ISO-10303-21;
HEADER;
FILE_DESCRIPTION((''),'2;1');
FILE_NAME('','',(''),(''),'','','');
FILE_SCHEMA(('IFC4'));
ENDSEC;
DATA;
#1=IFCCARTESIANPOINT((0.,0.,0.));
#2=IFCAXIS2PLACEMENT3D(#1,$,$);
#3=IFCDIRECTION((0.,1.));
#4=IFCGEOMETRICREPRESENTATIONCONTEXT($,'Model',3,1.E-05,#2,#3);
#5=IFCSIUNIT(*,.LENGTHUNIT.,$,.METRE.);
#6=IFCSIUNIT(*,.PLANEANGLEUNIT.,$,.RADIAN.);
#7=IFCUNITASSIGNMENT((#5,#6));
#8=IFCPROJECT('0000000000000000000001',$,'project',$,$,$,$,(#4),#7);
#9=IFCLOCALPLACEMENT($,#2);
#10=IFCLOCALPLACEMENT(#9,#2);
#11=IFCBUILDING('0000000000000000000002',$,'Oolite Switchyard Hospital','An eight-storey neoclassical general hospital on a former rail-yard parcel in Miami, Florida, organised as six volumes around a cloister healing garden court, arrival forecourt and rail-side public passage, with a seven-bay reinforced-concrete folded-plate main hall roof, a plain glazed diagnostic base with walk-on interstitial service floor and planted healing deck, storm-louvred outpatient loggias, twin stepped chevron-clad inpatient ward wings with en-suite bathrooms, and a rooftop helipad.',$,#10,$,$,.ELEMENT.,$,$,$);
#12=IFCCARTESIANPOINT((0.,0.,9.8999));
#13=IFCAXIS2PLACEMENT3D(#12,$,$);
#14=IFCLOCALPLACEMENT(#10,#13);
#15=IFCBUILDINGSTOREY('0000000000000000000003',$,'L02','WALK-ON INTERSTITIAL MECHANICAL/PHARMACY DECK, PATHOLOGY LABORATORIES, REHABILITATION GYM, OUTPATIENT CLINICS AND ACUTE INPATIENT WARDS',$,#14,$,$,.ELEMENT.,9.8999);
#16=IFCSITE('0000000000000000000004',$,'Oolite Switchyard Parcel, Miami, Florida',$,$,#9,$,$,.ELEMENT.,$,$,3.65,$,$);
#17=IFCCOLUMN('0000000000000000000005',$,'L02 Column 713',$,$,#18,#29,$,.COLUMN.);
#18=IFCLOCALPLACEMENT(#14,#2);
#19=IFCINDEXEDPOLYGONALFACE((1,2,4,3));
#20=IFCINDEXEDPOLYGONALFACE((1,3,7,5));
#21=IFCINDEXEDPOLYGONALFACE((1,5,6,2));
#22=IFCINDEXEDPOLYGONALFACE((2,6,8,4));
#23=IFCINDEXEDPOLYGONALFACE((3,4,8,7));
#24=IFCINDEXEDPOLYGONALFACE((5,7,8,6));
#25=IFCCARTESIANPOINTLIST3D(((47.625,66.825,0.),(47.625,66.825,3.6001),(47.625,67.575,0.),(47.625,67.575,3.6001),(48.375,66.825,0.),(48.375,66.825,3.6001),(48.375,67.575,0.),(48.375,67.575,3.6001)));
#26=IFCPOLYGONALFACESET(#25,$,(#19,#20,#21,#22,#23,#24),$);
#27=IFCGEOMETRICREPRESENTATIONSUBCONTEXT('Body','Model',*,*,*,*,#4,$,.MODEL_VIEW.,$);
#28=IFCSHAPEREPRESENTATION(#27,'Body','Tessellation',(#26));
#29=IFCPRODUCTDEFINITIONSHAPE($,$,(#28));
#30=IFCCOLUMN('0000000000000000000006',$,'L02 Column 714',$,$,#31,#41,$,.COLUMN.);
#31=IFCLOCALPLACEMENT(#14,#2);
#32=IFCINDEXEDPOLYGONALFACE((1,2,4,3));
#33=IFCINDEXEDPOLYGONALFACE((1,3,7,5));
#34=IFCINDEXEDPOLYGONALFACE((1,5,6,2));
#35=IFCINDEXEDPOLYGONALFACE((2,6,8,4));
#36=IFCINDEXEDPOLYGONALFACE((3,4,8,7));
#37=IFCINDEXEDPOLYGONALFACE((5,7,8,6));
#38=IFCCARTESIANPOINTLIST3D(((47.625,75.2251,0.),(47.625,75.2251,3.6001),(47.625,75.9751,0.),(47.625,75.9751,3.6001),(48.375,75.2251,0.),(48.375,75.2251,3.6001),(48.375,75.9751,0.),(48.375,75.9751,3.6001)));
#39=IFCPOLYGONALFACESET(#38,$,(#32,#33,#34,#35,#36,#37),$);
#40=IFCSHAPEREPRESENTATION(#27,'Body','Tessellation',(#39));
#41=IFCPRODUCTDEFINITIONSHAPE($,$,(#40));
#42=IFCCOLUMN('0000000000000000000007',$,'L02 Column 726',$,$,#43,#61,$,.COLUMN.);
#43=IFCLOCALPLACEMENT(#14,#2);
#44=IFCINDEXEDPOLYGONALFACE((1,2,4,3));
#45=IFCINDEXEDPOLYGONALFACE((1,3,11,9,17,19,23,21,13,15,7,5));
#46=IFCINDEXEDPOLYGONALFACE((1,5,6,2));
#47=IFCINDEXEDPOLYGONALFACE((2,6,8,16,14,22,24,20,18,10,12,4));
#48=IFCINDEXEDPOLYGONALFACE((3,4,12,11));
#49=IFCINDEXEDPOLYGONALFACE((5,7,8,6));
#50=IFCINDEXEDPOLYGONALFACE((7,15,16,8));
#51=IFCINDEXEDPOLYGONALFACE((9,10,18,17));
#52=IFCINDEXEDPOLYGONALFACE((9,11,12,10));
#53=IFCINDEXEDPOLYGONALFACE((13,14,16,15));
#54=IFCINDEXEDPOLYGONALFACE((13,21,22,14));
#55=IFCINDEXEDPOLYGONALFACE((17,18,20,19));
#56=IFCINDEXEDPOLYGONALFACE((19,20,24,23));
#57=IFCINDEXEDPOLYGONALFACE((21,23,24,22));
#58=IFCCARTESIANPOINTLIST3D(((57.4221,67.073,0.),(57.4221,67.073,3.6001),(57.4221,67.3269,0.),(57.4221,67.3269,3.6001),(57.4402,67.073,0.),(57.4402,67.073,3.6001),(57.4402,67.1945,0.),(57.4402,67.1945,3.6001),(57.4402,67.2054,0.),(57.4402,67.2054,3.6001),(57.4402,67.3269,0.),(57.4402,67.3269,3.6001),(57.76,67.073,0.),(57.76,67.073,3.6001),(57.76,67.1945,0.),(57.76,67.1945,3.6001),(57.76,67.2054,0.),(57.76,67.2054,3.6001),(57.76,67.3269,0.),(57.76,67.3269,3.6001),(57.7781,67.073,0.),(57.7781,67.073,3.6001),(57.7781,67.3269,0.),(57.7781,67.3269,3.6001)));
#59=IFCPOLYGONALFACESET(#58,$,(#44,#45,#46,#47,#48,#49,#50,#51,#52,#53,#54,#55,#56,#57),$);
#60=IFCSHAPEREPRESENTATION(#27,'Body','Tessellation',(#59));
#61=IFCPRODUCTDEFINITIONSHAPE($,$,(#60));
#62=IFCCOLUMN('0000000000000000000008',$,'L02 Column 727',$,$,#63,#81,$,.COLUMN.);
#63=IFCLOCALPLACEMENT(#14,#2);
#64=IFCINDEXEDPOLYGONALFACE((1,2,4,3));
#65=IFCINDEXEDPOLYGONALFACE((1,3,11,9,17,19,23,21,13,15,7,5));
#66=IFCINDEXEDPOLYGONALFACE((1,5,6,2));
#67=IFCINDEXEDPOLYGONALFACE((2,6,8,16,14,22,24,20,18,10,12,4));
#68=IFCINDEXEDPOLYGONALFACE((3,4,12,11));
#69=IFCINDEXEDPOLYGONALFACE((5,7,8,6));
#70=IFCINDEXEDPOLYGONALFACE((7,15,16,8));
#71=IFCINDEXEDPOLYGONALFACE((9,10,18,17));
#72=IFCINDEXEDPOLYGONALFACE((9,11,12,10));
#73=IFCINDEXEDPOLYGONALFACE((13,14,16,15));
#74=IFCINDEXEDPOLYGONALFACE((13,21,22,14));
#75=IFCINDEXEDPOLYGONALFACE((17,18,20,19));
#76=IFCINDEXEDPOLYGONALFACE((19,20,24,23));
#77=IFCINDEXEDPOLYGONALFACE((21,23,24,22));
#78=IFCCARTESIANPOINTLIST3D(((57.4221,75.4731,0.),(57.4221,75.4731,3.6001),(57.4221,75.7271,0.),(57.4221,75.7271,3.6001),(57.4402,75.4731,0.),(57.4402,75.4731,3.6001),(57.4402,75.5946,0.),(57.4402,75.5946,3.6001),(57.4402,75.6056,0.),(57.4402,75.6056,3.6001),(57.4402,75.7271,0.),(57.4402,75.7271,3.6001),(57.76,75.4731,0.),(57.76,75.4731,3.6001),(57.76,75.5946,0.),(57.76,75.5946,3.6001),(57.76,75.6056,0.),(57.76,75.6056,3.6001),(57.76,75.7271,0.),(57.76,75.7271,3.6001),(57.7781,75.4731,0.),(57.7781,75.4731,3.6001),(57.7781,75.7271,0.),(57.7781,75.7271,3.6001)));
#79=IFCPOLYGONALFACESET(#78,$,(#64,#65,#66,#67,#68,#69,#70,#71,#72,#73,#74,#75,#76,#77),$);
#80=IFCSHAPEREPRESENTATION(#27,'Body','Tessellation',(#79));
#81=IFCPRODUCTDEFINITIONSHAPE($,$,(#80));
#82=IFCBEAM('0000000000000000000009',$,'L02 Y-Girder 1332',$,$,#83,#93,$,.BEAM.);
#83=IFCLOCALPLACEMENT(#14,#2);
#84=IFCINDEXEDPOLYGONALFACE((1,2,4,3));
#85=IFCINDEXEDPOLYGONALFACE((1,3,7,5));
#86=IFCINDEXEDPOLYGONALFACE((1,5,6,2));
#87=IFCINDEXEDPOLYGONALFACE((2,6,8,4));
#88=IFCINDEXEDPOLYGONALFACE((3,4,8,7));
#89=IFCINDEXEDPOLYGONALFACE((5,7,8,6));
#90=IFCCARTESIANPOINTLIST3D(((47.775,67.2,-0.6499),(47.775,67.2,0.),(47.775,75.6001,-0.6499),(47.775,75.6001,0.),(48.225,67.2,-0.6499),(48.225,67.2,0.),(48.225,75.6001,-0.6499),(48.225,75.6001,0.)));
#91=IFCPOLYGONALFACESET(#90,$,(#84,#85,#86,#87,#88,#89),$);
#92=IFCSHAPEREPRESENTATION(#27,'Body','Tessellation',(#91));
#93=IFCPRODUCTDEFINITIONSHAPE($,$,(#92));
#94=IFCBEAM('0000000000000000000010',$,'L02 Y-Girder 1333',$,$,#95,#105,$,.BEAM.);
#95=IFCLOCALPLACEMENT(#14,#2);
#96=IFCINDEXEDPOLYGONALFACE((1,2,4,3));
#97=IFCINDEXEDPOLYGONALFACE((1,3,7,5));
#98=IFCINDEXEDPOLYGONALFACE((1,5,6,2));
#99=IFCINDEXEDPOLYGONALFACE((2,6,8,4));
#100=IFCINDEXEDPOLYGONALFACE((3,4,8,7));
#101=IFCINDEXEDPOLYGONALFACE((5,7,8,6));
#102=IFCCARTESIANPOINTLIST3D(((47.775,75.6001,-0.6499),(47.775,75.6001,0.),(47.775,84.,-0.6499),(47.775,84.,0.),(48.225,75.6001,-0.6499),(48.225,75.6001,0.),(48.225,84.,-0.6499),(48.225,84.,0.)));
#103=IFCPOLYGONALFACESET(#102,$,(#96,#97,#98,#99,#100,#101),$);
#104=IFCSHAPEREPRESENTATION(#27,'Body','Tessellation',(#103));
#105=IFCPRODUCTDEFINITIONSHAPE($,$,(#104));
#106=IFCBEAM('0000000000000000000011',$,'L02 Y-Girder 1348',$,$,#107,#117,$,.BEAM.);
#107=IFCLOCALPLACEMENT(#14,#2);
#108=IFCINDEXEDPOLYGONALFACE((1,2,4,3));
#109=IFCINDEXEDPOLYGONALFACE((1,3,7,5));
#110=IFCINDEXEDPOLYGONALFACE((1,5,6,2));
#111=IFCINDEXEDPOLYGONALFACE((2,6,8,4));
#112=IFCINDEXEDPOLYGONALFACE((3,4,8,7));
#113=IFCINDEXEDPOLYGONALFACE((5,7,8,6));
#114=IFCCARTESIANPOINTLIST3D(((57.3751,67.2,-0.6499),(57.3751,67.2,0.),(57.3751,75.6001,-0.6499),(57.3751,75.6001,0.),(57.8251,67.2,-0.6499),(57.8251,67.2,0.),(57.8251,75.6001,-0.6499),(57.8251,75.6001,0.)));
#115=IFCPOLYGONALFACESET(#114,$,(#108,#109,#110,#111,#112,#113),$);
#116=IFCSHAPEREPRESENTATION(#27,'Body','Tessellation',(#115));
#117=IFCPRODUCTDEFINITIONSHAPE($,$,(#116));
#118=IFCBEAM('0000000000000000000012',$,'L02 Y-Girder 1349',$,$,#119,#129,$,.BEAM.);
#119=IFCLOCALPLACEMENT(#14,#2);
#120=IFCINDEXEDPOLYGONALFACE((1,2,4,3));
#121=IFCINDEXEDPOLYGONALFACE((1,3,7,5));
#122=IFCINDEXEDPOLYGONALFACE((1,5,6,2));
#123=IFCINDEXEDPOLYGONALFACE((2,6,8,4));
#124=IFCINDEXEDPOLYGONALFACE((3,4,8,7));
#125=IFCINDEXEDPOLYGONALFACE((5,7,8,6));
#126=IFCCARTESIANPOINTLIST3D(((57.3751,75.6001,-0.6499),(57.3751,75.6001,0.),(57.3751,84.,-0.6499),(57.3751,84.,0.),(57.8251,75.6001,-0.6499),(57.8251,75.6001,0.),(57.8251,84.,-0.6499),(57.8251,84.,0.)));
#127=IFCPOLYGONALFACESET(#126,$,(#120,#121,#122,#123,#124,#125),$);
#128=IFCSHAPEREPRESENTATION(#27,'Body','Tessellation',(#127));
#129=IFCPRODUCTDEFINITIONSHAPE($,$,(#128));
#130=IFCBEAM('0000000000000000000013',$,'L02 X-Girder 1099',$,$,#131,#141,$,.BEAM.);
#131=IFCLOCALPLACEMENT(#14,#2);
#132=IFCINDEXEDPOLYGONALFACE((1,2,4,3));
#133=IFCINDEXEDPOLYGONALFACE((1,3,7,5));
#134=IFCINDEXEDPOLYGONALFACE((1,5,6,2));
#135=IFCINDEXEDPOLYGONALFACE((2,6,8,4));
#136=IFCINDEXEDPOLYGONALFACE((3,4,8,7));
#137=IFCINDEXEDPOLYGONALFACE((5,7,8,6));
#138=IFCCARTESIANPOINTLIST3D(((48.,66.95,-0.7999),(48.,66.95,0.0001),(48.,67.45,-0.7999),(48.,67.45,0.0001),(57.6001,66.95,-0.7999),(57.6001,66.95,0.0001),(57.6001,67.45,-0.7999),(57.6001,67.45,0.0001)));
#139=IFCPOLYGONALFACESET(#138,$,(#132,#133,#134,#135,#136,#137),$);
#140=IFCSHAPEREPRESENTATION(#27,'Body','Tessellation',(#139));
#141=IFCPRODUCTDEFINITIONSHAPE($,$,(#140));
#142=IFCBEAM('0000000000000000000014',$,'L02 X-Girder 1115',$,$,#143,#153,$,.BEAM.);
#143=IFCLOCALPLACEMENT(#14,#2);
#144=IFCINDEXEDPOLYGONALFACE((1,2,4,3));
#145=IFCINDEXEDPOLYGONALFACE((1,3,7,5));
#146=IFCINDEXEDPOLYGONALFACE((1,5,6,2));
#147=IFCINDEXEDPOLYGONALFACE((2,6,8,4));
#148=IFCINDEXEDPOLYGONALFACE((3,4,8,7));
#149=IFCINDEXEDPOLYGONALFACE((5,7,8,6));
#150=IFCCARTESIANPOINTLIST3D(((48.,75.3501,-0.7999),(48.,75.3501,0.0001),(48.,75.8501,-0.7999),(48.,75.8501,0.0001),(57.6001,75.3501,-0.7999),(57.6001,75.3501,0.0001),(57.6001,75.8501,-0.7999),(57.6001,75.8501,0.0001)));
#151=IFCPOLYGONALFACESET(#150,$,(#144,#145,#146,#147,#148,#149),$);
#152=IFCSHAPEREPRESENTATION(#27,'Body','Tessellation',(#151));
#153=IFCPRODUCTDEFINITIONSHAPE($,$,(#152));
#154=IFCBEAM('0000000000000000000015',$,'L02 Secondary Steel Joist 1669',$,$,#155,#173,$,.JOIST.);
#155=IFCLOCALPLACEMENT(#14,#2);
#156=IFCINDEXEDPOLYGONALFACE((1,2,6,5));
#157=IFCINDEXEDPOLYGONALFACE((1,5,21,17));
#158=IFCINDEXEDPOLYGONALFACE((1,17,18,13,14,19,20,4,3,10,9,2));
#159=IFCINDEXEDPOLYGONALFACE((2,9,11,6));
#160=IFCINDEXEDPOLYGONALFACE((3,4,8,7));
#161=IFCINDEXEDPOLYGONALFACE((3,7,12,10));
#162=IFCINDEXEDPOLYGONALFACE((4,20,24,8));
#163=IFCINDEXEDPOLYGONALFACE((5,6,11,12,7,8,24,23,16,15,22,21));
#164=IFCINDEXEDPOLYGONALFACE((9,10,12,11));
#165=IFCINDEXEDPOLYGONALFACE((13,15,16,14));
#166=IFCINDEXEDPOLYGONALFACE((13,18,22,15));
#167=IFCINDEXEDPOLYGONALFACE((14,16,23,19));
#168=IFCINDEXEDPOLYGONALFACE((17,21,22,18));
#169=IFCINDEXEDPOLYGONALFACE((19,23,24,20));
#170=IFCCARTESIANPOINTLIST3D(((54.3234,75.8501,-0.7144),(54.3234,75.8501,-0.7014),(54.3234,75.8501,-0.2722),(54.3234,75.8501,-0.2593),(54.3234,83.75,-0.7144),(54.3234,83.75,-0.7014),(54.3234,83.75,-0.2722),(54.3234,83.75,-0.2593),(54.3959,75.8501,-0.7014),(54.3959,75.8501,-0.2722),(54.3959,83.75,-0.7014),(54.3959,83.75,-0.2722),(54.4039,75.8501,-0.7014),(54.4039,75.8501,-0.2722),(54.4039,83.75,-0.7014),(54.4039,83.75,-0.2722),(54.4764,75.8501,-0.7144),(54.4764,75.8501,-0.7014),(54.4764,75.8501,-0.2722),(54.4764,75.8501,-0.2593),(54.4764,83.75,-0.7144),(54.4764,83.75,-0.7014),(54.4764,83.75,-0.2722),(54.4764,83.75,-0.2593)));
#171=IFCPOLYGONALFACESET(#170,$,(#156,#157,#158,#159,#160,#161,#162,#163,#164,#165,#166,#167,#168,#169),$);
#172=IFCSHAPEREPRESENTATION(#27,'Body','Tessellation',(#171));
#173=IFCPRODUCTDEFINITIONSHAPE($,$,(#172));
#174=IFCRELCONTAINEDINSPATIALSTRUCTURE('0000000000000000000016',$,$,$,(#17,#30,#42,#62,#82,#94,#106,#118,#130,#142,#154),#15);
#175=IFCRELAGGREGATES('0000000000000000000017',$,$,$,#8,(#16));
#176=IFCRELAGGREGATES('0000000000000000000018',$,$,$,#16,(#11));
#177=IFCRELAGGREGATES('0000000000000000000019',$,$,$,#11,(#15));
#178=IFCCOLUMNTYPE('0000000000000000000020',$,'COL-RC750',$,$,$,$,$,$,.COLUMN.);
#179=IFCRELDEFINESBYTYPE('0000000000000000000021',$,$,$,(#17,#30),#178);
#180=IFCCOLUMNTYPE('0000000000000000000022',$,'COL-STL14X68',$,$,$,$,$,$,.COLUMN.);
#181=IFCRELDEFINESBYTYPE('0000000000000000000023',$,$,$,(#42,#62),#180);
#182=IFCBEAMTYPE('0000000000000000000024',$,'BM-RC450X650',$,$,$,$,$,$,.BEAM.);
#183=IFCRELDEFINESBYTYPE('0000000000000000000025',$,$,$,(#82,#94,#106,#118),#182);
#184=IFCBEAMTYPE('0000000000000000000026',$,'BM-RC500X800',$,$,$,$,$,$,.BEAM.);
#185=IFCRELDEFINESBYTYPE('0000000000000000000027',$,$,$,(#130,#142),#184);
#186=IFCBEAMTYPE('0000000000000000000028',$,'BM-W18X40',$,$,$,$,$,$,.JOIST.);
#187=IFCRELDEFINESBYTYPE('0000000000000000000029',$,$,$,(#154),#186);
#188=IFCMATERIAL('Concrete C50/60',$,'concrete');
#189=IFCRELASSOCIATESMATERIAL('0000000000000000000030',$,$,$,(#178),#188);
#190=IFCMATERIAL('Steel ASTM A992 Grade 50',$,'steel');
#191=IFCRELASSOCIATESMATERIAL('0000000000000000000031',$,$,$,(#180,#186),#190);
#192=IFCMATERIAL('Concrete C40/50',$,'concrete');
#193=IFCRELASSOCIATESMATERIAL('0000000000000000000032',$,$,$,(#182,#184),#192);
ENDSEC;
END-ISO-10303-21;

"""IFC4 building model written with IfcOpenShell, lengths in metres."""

from ifc_helpers import new_model, si_unit, direction, frame, origin, origin_2d, place, context, subcontext, project, spatial, rectangle, i_section, extrude, material, material_profile, profile_set, type_object, element, save


model = new_model("IFC4")

# Units and contexts
model_context = context("Model", 3, precision=1e-05, world=origin(), true_north=direction((0.0, 1.0)))
body_context = subcontext(model_context, "Body", "Model", "MODEL_VIEW")
ifc_project = project(units=[si_unit("LENGTHUNIT", "METRE"), si_unit("PLANEANGLEUNIT", "RADIAN")], contexts=[model_context])

# Site, building, storey
site_placement = place(None, origin())
site = spatial("IfcSite", under=ifc_project, at=site_placement, Name="Oolite Switchyard Parcel, Miami, Florida", CompositionType="ELEMENT", RefElevation=3.65)
building_placement = place(site_placement, origin())
building = spatial("IfcBuilding", under=site, at=building_placement, Name="Oolite Switchyard Hospital", Description="An eight-storey neoclassical general hospital on a former rail-yard parcel in Miami, Florida, organised as six volumes around a cloister healing garden court, arrival forecourt and rail-side public passage, with a seven-bay reinforced-concrete folded-plate main hall roof, a plain glazed diagnostic base with walk-on interstitial service floor and planted healing deck, storm-louvred outpatient loggias, twin stepped chevron-clad inpatient ward wings with en-suite bathrooms, and a rooftop helipad.", CompositionType="ELEMENT")
storey_placement = place(building_placement, frame((0.0, 0.0, 9.8999)))
storey = spatial("IfcBuildingStorey", under=building, at=storey_placement, Name="L02", Description="WALK-ON INTERSTITIAL MECHANICAL/PHARMACY DECK, PATHOLOGY LABORATORIES, REHABILITATION GYM, OUTPATIENT CLINICS AND ACUTE INPATIENT WARDS", CompositionType="ELEMENT", Elevation=9.8999)

# Columns
ifc_material_1 = material(Name="Concrete C50/60", Category="concrete")
ifc_material_profile_1 = material_profile(ifc_material_1, rectangle(XDim=0.75, YDim=0.75, at=origin_2d()), Name="RC750X750")
ifc_profile_set_1 = profile_set([ifc_material_profile_1], Name="Concrete C50/60")
column_type_1 = type_object("IfcColumnType", Name="COL-RC750", PredefinedType="COLUMN", material=ifc_profile_set_1)
for number, where, z_axis, x_axis, name in (
    (1, (48.0, 67.2, 0.0), (0.0, 0.0, 1.0), (1.0, 0.0, 0.0), "L02 Column 713"),
    (2, (48.0, 75.6001, 0.0), (0.0, 0.0, 1.0), (1.0, 0.0, 0.0), "L02 Column 714"),
):
    element("IfcColumn", number, at=place(storey_placement, frame(where, z_axis=z_axis, x_axis=x_axis)), inside=storey, type_object=column_type_1, Name=name, PredefinedType="COLUMN", context=body_context, shape_type="SweptSolid", body=[
        extrude(rectangle(XDim=0.75, YDim=0.75, at=origin_2d()), origin(), (0.0, 0.0, 1.0), 3.6001),
    ])
ifc_material_2 = material(Name="Steel ASTM A992 Grade 50", Category="steel")
ifc_material_profile_2 = material_profile(ifc_material_2, i_section(OverallWidth=0.2539, OverallDepth=0.356, WebThickness=0.011, FlangeThickness=0.0181, at=origin_2d()), Name="W14X68")
ifc_profile_set_2 = profile_set([ifc_material_profile_2], Name="Steel ASTM A992 Grade 50")
column_type_2 = type_object("IfcColumnType", Name="COL-STL14X68", PredefinedType="COLUMN", material=ifc_profile_set_2)
for number, where, z_axis, x_axis, name in (
    (3, (57.6001, 67.2, 0.0), (0.0, 0.0, 1.0), (0.0, -1.0, 0.0), "L02 Column 726"),
    (4, (57.6001, 75.6001, 0.0), (0.0, 0.0, 1.0), (0.0, -1.0, 0.0), "L02 Column 727"),
):
    element("IfcColumn", number, at=place(storey_placement, frame(where, z_axis=z_axis, x_axis=x_axis)), inside=storey, type_object=column_type_2, Name=name, PredefinedType="COLUMN", context=body_context, shape_type="SweptSolid", body=[
        extrude(i_section(OverallWidth=0.2539, OverallDepth=0.356, WebThickness=0.011, FlangeThickness=0.0181, at=origin_2d()), origin(), (0.0, 0.0, 1.0), 3.6001),
    ])

# Beams
ifc_material_3 = material(Name="Concrete C40/50", Category="concrete")
ifc_material_profile_3 = material_profile(ifc_material_3, rectangle(XDim=0.45, YDim=0.6499, at=origin_2d()), Name="RCB450X650")
ifc_profile_set_3 = profile_set([ifc_material_profile_3], Name="Concrete C40/50")
beam_type_1 = type_object("IfcBeamType", Name="BM-RC450X650", PredefinedType="BEAM", material=ifc_profile_set_3)
beam_1_placement = place(storey_placement, frame((48.0, 67.2, -0.325), z_axis=(0.0, 1.0, 0.0), x_axis=(-1.0, 0.0, 0.0)))
element("IfcBeam", 5, at=beam_1_placement, inside=storey, type_object=beam_type_1, Name="L02 Y-Girder 1332", PredefinedType="BEAM", context=body_context, shape_type="SweptSolid", body=[
    extrude(rectangle(XDim=0.45, YDim=0.6499, at=origin_2d()), origin(), (0.0, 0.0, 1.0), 8.4001),
])
beam_2_placement = place(storey_placement, frame((48.0, 75.6001, -0.325), z_axis=(0.0, 1.0, 0.0), x_axis=(-1.0, 0.0, 0.0)))
element("IfcBeam", 6, at=beam_2_placement, inside=storey, type_object=beam_type_1, Name="L02 Y-Girder 1333", PredefinedType="BEAM", context=body_context, shape_type="SweptSolid", body=[
    extrude(rectangle(XDim=0.45, YDim=0.6499, at=origin_2d()), origin(), (0.0, 0.0, 1.0), 8.3999),
])
beam_3_placement = place(storey_placement, frame((57.6001, 67.2, -0.325), z_axis=(0.0, 1.0, 0.0), x_axis=(-1.0, 0.0, 0.0)))
element("IfcBeam", 7, at=beam_3_placement, inside=storey, type_object=beam_type_1, Name="L02 Y-Girder 1348", PredefinedType="BEAM", context=body_context, shape_type="SweptSolid", body=[
    extrude(rectangle(XDim=0.45, YDim=0.6499, at=origin_2d()), origin(), (0.0, 0.0, 1.0), 8.4001),
])
beam_4_placement = place(storey_placement, frame((57.6001, 75.6001, -0.325), z_axis=(0.0, 1.0, 0.0), x_axis=(-1.0, 0.0, 0.0)))
element("IfcBeam", 8, at=beam_4_placement, inside=storey, type_object=beam_type_1, Name="L02 Y-Girder 1349", PredefinedType="BEAM", context=body_context, shape_type="SweptSolid", body=[
    extrude(rectangle(XDim=0.45, YDim=0.6499, at=origin_2d()), origin(), (0.0, 0.0, 1.0), 8.3999),
])
ifc_material_profile_4 = material_profile(ifc_material_3, rectangle(XDim=0.5, YDim=0.8, at=origin_2d()), Name="RCB500X800")
ifc_profile_set_4 = profile_set([ifc_material_profile_4], Name="Concrete C40/50")
beam_type_2 = type_object("IfcBeamType", Name="BM-RC500X800", PredefinedType="BEAM", material=ifc_profile_set_4)
for number, where, z_axis, x_axis, name in (
    (9, (48.0, 67.2, -0.3999), (1.0, 0.0, 0.0), (0.0, 1.0, 0.0), "L02 X-Girder 1099"),
    (10, (48.0, 75.6001, -0.3999), (1.0, 0.0, 0.0), (0.0, 1.0, 0.0), "L02 X-Girder 1115"),
):
    element("IfcBeam", number, at=place(storey_placement, frame(where, z_axis=z_axis, x_axis=x_axis)), inside=storey, type_object=beam_type_2, Name=name, PredefinedType="BEAM", context=body_context, shape_type="SweptSolid", body=[
        extrude(rectangle(XDim=0.5, YDim=0.8, at=origin_2d()), origin(), (0.0, 0.0, 1.0), 9.6001),
    ])
ifc_material_profile_5 = material_profile(ifc_material_2, i_section(OverallWidth=0.1531, OverallDepth=0.4551, WebThickness=0.0081, FlangeThickness=0.0129, at=origin_2d()), Name="W18X40")
ifc_profile_set_5 = profile_set([ifc_material_profile_5], Name="Steel ASTM A992 Grade 50")
beam_type_3 = type_object("IfcBeamType", Name="BM-W18X40", PredefinedType="JOIST", material=ifc_profile_set_5)
beam_5_placement = place(storey_placement, frame((54.3999, 75.8501, -0.4868), z_axis=(0.0, 1.0, 0.0), x_axis=(-1.0, 0.0, 0.0)))
element("IfcBeam", 11, at=beam_5_placement, inside=storey, type_object=beam_type_3, Name="L02 Secondary Steel Joist 1669", PredefinedType="JOIST", context=body_context, shape_type="SweptSolid", body=[
    extrude(i_section(OverallWidth=0.1531, OverallDepth=0.4551, WebThickness=0.0081, FlangeThickness=0.0129, at=origin_2d()), origin(), (0.0, 0.0, 1.0), 7.8999),
])

save(model, "model.ifc")
